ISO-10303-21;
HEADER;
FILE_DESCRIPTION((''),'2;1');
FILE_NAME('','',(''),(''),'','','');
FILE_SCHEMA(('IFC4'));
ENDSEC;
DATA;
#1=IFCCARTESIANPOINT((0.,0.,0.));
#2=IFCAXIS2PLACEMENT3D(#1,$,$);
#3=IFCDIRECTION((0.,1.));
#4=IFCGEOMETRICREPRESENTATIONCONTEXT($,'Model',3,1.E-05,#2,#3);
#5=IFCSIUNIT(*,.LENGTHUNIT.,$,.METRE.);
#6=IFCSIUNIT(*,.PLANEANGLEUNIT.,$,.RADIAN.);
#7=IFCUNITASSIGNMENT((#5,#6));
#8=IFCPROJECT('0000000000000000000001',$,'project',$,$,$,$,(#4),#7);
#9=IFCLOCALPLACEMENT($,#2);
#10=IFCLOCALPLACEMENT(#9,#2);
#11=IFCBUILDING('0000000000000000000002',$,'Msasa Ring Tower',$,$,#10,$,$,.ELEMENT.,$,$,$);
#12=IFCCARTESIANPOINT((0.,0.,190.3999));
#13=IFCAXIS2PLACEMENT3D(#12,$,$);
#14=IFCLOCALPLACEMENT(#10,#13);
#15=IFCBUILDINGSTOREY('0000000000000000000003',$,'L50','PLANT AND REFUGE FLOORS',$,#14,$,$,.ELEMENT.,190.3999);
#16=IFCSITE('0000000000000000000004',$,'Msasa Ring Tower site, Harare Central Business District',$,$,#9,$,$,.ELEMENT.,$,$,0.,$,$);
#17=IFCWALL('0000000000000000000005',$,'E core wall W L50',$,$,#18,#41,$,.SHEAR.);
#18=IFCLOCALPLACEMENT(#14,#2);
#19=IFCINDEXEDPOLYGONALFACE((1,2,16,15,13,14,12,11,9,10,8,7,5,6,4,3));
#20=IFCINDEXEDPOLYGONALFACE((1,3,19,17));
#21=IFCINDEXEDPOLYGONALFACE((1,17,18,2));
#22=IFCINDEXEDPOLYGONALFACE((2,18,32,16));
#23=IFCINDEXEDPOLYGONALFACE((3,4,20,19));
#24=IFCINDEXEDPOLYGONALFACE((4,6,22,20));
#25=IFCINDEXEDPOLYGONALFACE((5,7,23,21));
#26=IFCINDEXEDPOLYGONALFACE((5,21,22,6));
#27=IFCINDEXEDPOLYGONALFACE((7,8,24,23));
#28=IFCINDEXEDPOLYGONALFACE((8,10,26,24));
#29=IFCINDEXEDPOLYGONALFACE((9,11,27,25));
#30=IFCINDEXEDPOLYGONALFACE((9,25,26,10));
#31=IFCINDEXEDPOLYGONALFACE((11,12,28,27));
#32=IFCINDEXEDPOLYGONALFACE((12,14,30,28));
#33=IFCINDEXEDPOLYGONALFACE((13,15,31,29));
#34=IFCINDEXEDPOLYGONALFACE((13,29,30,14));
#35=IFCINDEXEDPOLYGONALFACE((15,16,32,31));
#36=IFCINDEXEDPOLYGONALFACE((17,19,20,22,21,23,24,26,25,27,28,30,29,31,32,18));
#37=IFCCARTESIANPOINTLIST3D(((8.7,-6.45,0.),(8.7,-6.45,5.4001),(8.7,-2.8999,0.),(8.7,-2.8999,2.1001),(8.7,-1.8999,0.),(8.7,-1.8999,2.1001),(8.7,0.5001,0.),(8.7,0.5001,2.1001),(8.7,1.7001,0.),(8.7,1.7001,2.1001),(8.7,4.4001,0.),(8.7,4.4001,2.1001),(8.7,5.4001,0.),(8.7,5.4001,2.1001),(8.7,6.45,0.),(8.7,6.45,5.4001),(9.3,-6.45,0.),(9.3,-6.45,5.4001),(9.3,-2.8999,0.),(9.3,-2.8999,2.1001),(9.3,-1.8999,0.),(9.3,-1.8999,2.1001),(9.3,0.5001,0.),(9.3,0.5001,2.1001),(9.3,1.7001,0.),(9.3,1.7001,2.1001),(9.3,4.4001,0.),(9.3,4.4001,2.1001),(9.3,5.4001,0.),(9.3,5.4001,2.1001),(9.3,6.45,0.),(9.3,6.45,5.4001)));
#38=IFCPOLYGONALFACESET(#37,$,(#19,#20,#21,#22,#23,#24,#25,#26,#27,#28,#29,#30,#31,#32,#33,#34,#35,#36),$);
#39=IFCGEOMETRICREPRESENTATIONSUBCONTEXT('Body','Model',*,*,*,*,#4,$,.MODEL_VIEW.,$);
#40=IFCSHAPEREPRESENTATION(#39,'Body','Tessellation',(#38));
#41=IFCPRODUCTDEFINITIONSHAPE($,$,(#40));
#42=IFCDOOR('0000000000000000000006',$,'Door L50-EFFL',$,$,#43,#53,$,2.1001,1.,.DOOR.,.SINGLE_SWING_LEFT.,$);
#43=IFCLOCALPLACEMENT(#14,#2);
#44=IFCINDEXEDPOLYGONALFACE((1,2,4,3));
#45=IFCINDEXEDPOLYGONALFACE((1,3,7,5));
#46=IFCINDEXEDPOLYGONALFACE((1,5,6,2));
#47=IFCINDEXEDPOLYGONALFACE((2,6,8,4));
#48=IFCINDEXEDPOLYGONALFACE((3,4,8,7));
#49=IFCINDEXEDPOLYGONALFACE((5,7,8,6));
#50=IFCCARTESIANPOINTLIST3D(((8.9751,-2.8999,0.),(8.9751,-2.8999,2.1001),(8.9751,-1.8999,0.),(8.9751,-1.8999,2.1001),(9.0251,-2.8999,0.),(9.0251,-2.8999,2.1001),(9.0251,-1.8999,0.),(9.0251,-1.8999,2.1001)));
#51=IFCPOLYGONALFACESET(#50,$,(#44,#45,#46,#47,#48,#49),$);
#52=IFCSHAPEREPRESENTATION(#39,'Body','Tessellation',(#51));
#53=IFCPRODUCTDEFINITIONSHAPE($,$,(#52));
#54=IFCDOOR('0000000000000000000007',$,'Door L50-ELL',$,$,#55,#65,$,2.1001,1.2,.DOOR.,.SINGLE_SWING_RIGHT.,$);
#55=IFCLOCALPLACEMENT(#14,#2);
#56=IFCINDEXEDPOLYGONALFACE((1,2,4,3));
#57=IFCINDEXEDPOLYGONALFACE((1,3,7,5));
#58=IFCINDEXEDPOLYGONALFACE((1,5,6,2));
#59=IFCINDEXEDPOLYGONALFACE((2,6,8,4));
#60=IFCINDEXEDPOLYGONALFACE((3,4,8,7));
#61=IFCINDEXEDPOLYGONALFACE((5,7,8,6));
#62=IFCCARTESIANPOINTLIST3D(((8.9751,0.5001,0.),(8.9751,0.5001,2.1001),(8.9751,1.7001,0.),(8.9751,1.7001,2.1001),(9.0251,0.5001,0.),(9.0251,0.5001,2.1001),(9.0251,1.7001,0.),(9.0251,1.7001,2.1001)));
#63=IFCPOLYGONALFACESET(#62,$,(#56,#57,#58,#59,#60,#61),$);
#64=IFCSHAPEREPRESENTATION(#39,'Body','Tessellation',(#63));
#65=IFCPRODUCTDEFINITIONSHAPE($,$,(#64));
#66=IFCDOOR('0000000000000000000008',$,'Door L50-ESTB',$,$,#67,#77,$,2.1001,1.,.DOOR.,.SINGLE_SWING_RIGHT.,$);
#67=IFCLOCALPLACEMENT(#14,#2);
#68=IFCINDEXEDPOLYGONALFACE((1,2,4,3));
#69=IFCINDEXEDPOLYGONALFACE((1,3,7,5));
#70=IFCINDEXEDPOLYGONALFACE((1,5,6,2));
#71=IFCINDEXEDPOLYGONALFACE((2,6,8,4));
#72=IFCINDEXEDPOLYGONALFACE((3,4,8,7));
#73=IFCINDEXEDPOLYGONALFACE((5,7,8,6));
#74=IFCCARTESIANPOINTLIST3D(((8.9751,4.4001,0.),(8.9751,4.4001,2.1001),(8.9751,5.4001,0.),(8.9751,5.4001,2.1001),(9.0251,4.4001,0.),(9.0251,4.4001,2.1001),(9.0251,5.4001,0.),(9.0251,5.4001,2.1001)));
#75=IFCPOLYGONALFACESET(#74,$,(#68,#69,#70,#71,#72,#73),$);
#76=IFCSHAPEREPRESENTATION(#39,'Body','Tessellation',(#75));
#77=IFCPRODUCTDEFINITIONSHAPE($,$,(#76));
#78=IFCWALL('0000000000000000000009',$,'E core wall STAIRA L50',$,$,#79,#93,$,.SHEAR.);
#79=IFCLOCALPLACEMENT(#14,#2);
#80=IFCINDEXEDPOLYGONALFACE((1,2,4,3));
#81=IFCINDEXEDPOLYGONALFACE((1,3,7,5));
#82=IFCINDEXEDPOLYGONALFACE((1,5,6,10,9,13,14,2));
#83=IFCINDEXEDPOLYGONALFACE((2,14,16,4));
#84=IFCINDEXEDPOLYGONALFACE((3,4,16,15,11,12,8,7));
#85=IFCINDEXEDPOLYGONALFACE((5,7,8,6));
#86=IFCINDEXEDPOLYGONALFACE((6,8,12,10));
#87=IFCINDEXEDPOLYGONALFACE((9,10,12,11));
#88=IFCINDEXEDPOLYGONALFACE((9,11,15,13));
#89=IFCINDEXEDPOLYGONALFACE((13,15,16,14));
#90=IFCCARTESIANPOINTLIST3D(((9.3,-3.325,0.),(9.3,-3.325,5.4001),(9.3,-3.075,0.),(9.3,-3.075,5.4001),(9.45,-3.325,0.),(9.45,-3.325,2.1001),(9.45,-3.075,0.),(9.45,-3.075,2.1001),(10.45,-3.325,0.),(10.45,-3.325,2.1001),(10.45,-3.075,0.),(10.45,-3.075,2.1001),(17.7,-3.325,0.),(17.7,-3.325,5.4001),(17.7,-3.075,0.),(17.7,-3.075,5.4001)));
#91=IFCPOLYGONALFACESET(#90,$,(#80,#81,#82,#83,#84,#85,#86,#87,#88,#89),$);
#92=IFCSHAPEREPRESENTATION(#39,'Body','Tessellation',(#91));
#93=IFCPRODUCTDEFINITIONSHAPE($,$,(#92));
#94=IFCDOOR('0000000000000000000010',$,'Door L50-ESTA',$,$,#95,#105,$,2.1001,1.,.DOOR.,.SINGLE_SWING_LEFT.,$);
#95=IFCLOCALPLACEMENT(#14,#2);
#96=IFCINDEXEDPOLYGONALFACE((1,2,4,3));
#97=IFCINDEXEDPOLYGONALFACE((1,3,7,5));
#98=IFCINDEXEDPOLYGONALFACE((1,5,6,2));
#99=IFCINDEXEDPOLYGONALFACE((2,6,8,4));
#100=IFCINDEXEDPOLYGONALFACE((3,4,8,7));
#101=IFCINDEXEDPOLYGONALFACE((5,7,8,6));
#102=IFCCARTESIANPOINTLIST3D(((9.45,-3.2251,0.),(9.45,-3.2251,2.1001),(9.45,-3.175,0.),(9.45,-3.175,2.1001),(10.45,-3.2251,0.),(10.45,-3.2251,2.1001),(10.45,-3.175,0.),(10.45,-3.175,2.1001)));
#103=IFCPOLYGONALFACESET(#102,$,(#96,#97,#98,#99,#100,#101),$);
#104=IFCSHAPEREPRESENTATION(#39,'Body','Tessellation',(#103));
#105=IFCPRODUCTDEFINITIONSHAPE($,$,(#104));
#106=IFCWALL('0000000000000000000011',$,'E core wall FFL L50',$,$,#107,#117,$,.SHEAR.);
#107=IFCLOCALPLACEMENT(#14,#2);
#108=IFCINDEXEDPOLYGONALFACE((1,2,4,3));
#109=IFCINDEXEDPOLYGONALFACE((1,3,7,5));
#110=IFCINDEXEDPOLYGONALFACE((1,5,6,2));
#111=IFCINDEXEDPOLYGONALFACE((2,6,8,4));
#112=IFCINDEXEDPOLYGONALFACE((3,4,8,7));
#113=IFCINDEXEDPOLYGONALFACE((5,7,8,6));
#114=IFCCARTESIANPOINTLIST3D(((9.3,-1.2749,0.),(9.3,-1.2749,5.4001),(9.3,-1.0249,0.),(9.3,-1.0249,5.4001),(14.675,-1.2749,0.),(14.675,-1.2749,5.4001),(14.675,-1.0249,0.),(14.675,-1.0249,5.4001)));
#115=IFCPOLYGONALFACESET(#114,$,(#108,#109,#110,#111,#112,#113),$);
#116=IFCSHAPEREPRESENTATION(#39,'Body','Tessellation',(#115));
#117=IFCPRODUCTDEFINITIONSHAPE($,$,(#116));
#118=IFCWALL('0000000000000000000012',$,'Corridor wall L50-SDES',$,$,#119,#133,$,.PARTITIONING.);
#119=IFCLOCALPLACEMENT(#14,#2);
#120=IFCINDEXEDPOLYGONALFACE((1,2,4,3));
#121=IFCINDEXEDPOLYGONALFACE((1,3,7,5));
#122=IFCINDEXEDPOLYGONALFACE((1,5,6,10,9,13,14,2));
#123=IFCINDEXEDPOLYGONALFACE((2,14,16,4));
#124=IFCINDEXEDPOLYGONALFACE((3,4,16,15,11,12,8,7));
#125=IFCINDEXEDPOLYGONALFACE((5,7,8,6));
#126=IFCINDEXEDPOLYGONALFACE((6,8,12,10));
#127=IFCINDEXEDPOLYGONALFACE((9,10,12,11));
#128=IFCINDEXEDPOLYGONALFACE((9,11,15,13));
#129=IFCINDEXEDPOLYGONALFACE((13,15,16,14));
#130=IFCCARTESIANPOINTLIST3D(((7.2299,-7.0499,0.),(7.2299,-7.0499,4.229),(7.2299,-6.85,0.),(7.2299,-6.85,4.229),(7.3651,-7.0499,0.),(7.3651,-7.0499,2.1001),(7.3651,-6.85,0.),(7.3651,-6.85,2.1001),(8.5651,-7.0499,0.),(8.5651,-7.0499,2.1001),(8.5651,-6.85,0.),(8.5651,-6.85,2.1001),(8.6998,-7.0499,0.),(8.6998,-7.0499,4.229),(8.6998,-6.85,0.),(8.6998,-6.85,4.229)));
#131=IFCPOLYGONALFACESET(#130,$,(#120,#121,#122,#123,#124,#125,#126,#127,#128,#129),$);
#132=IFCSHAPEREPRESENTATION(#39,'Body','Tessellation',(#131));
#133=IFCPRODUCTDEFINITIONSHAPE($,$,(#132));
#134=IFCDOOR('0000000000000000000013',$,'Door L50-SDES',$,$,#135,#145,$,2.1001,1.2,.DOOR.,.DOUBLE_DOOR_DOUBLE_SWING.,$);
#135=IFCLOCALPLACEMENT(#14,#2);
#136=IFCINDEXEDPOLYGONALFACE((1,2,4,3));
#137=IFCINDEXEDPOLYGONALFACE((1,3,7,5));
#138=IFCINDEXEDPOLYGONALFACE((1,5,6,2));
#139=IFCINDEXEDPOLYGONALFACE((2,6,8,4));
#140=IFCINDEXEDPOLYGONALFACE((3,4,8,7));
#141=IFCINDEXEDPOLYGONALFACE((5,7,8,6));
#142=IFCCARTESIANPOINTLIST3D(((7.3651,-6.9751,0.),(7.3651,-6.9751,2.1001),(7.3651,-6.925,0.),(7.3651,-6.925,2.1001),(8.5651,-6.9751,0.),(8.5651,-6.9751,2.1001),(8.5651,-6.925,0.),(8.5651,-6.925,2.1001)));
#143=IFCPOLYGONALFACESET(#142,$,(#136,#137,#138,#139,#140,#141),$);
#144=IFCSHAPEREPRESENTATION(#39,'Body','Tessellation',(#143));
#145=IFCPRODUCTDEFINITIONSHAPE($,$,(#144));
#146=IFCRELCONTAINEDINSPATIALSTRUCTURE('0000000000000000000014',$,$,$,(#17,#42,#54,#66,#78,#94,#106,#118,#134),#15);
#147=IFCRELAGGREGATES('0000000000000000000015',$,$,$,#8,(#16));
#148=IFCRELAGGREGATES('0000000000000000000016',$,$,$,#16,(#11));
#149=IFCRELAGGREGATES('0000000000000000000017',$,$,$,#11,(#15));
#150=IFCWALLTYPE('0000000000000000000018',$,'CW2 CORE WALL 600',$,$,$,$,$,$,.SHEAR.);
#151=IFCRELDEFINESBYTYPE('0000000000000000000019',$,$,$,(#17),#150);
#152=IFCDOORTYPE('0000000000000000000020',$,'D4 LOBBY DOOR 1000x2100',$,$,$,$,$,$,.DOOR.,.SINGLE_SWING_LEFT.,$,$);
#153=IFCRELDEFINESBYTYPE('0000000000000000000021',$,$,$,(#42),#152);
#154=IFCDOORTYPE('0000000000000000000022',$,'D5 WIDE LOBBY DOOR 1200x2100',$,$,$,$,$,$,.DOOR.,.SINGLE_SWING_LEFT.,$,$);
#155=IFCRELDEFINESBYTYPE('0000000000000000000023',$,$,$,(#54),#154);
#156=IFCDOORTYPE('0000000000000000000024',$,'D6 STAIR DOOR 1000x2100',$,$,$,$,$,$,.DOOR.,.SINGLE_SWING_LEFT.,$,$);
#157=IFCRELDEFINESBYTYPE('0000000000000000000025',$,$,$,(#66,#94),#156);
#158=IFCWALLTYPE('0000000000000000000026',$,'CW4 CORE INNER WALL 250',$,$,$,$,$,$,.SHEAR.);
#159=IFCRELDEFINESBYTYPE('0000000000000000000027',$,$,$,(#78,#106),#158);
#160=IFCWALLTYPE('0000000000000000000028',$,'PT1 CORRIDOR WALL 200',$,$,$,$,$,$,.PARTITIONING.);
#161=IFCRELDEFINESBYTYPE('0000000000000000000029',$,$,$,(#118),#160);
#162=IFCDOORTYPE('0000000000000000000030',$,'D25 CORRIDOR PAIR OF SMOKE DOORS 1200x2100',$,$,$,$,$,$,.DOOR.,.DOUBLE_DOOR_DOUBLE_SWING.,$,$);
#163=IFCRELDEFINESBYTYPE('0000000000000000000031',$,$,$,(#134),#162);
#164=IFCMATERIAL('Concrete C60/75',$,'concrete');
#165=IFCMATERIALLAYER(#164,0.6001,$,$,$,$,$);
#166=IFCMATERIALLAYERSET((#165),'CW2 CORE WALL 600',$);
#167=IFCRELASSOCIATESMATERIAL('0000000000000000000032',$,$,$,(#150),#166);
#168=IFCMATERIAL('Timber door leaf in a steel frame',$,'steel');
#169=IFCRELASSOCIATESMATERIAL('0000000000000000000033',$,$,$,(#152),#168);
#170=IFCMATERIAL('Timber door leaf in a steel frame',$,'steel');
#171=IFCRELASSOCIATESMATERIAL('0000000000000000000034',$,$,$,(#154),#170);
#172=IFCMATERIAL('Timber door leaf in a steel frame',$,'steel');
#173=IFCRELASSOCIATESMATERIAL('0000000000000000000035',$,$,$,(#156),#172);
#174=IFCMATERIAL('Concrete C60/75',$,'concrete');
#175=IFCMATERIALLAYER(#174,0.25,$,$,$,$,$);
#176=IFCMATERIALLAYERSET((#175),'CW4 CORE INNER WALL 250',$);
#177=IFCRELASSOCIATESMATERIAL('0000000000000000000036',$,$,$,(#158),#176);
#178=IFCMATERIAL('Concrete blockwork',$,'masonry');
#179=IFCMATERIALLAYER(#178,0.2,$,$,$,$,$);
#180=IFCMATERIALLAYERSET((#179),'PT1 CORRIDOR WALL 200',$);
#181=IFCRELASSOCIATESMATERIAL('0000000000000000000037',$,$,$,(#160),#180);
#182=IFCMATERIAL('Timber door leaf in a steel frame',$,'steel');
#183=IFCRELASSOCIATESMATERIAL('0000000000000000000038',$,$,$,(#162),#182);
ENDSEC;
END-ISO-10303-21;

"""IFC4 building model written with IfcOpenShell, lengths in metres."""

from ifc_helpers import new_model, si_unit, direction, frame, frame_2d, origin, place, context, subcontext, project, spatial, rectangle, extrude, material, layer, layer_set, type_object, element, fill, save


model = new_model("IFC4")

# Units and contexts
model_context = context("Model", 3, precision=1e-05, world=origin(), true_north=direction((0.0, 1.0)))
body_context = subcontext(model_context, "Body", "Model", "MODEL_VIEW")
ifc_project = project(units=[si_unit("LENGTHUNIT", "METRE"), si_unit("PLANEANGLEUNIT", "RADIAN")], contexts=[model_context])

# Site, building, storey
site_placement = place(None, origin())
site = spatial("IfcSite", under=ifc_project, at=site_placement, Name="Msasa Ring Tower site, Harare Central Business District", CompositionType="ELEMENT", RefElevation=0.0)
building_placement = place(site_placement, origin())
building = spatial("IfcBuilding", under=site, at=building_placement, Name="Msasa Ring Tower", CompositionType="ELEMENT")
storey_placement = place(building_placement, frame((0.0, 0.0, 190.3999)))
storey = spatial("IfcBuildingStorey", under=building, at=storey_placement, Name="L50", Description="PLANT AND REFUGE FLOORS", CompositionType="ELEMENT", Elevation=190.3999)

# Shared definitions
ifc_material_1 = material(Name="Concrete C60/75", Category="concrete")
ifc_layer_1 = layer(ifc_material_1, 0.6001)
ifc_layer_set_1 = layer_set([ifc_layer_1], Name="CW2 CORE WALL 600")
wall_type_1 = type_object("IfcWallType", Name="CW2 CORE WALL 600", PredefinedType="SHEAR", material=ifc_layer_set_1)

# Wall, openings, doors
wall_1_placement = place(storey_placement, frame((9.0, -6.45, 0.0), z_axis=(0.0, 0.0, 1.0), x_axis=(0.0, 1.0, 0.0)))
wall_1 = element("IfcWall", 1, at=wall_1_placement, inside=storey, type_object=wall_type_1, Name="E core wall W L50", PredefinedType="SHEAR", context=body_context, shape_type="SweptSolid", body=[
    extrude(rectangle(XDim=12.8999, YDim=0.6001, at=frame_2d((6.45, 0.0))), origin(), (0.0, 0.0, 1.0), 5.4001),
])
opening_1_placement = place(wall_1_placement, frame((3.55, 0.0, 0.0)))
opening_1 = element("IfcOpeningElement", 2, at=opening_1_placement, cuts=wall_1, PredefinedType="OPENING", context=body_context, shape_type="SweptSolid", body=[
    extrude(rectangle(XDim=1.0, YDim=2.1001, at=frame_2d((0.5, 1.05))), frame((0.0, 0.3101, 0.0), z_axis=(0.0, -1.0, 0.0), x_axis=(1.0, 0.0, 0.0)), (0.0, 0.0, 1.0), 0.6201),
])
opening_2_placement = place(wall_1_placement, frame((6.95, 0.0, 0.0)))
opening_2 = element("IfcOpeningElement", 3, at=opening_2_placement, cuts=wall_1, PredefinedType="OPENING", context=body_context, shape_type="SweptSolid", body=[
    extrude(rectangle(XDim=1.2, YDim=2.1001, at=frame_2d((0.6001, 1.05))), frame((0.0, 0.3101, 0.0), z_axis=(0.0, -1.0, 0.0), x_axis=(1.0, 0.0, 0.0)), (0.0, 0.0, 1.0), 0.6201),
])
opening_3_placement = place(wall_1_placement, frame((10.8501, 0.0, 0.0)))
opening_3 = element("IfcOpeningElement", 4, at=opening_3_placement, cuts=wall_1, PredefinedType="OPENING", context=body_context, shape_type="SweptSolid", body=[
    extrude(rectangle(XDim=1.0, YDim=2.1001, at=frame_2d((0.5, 1.05))), frame((0.0, 0.3101, 0.0), z_axis=(0.0, -1.0, 0.0), x_axis=(1.0, 0.0, 0.0)), (0.0, 0.0, 1.0), 0.6201),
])
ifc_material_2 = material(Name="Timber door leaf in a steel frame", Category="steel")
door_type_1 = type_object("IfcDoorType", Name="D4 LOBBY DOOR 1000x2100", OperationType="SINGLE_SWING_LEFT", PredefinedType="DOOR", material=ifc_material_2)
door_1_placement = place(opening_1_placement, origin())
door_1 = element("IfcDoor", 5, at=door_1_placement, inside=storey, type_object=door_type_1, Name="Door L50-EFFL", OperationType="SINGLE_SWING_LEFT", OverallHeight=2.1001, OverallWidth=1.0, PredefinedType="DOOR", context=body_context, shape_type="SweptSolid", body=[
    extrude(rectangle(XDim=1.0, YDim=2.1001, at=frame_2d((0.5, 1.05))), frame((0.0, 0.0249, 0.0), z_axis=(0.0, -1.0, 0.0), x_axis=(1.0, 0.0, 0.0)), (0.0, 0.0, 1.0), 0.05),
])
fill(opening_1, door_1)
ifc_material_3 = material(Name="Timber door leaf in a steel frame", Category="steel")
door_type_2 = type_object("IfcDoorType", Name="D5 WIDE LOBBY DOOR 1200x2100", OperationType="SINGLE_SWING_LEFT", PredefinedType="DOOR", material=ifc_material_3)
door_2_placement = place(opening_2_placement, origin())
door_2 = element("IfcDoor", 6, at=door_2_placement, inside=storey, type_object=door_type_2, Name="Door L50-ELL", OperationType="SINGLE_SWING_RIGHT", OverallHeight=2.1001, OverallWidth=1.2, PredefinedType="DOOR", context=body_context, shape_type="SweptSolid", body=[
    extrude(rectangle(XDim=1.2, YDim=2.1001, at=frame_2d((0.6001, 1.05))), frame((0.0, 0.0249, 0.0), z_axis=(0.0, -1.0, 0.0), x_axis=(1.0, 0.0, 0.0)), (0.0, 0.0, 1.0), 0.05),
])
fill(opening_2, door_2)
ifc_material_4 = material(Name="Timber door leaf in a steel frame", Category="steel")
door_type_3 = type_object("IfcDoorType", Name="D6 STAIR DOOR 1000x2100", OperationType="SINGLE_SWING_LEFT", PredefinedType="DOOR", material=ifc_material_4)
door_3_placement = place(opening_3_placement, origin())
door_3 = element("IfcDoor", 7, at=door_3_placement, inside=storey, type_object=door_type_3, Name="Door L50-ESTB", OperationType="SINGLE_SWING_RIGHT", OverallHeight=2.1001, OverallWidth=1.0, PredefinedType="DOOR", context=body_context, shape_type="SweptSolid", body=[
    extrude(rectangle(XDim=1.0, YDim=2.1001, at=frame_2d((0.5, 1.05))), frame((0.0, 0.0249, 0.0), z_axis=(0.0, -1.0, 0.0), x_axis=(1.0, 0.0, 0.0)), (0.0, 0.0, 1.0), 0.05),
])
fill(opening_3, door_3)

# Wall, opening, door
ifc_material_5 = material(Name="Concrete C60/75", Category="concrete")
ifc_layer_2 = layer(ifc_material_5, 0.25)
ifc_layer_set_2 = layer_set([ifc_layer_2], Name="CW4 CORE INNER WALL 250")
wall_type_2 = type_object("IfcWallType", Name="CW4 CORE INNER WALL 250", PredefinedType="SHEAR", material=ifc_layer_set_2)
wall_2_placement = place(storey_placement, frame((9.3, -3.2, 0.0), z_axis=(0.0, 0.0, 1.0), x_axis=(1.0, 0.0, 0.0)))
wall_2 = element("IfcWall", 8, at=wall_2_placement, inside=storey, type_object=wall_type_2, Name="E core wall STAIRA L50", PredefinedType="SHEAR", context=body_context, shape_type="SweptSolid", body=[
    extrude(rectangle(XDim=8.3999, YDim=0.25, at=frame_2d((4.2, 0.0))), origin(), (0.0, 0.0, 1.0), 5.4001),
])
opening_4_placement = place(wall_2_placement, frame((0.1499, 0.0, 0.0)))
opening_4 = element("IfcOpeningElement", 9, at=opening_4_placement, cuts=wall_2, PredefinedType="OPENING", context=body_context, shape_type="SweptSolid", body=[
    extrude(rectangle(XDim=1.0, YDim=2.1001, at=frame_2d((0.5, 1.05))), frame((0.0, 0.135, 0.0), z_axis=(0.0, -1.0, 0.0), x_axis=(1.0, 0.0, 0.0)), (0.0, 0.0, 1.0), 0.27),
])
door_4_placement = place(opening_4_placement, origin())
door_4 = element("IfcDoor", 10, at=door_4_placement, inside=storey, type_object=door_type_3, Name="Door L50-ESTA", OperationType="SINGLE_SWING_LEFT", OverallHeight=2.1001, OverallWidth=1.0, PredefinedType="DOOR", context=body_context, shape_type="SweptSolid", body=[
    extrude(rectangle(XDim=1.0, YDim=2.1001, at=frame_2d((0.5, 1.05))), frame((0.0, 0.0249, 0.0), z_axis=(0.0, -1.0, 0.0), x_axis=(1.0, 0.0, 0.0)), (0.0, 0.0, 1.0), 0.05),
])
fill(opening_4, door_4)

# Wall
wall_3_placement = place(storey_placement, frame((9.3, -1.1499, 0.0), z_axis=(0.0, 0.0, 1.0), x_axis=(1.0, 0.0, 0.0)))
element("IfcWall", 11, at=wall_3_placement, inside=storey, type_object=wall_type_2, Name="E core wall FFL L50", PredefinedType="SHEAR", context=body_context, shape_type="SweptSolid", body=[
    extrude(rectangle(XDim=5.375, YDim=0.25, at=frame_2d((2.6875, 0.0))), origin(), (0.0, 0.0, 1.0), 5.4001),
])

# Wall, opening, door
ifc_material_6 = material(Name="Concrete blockwork", Category="masonry")
ifc_layer_3 = layer(ifc_material_6, 0.2)
ifc_layer_set_3 = layer_set([ifc_layer_3], Name="PT1 CORRIDOR WALL 200")
wall_type_3 = type_object("IfcWallType", Name="PT1 CORRIDOR WALL 200", PredefinedType="PARTITIONING", material=ifc_layer_set_3)
wall_4_placement = place(storey_placement, frame((7.23, -6.95, 0.0), z_axis=(0.0, 0.0, 1.0), x_axis=(1.0, 0.0, 0.0)))
wall_4 = element("IfcWall", 12, at=wall_4_placement, inside=storey, type_object=wall_type_3, Name="Corridor wall L50-SDES", PredefinedType="PARTITIONING", context=body_context, shape_type="SweptSolid", body=[
    extrude(rectangle(XDim=1.47, YDim=0.2, at=frame_2d((0.7349, 0.0))), origin(), (0.0, 0.0, 1.0), 4.229),
])
opening_5_placement = place(wall_4_placement, frame((0.135, 0.0, 0.0)))
opening_5 = element("IfcOpeningElement", 13, at=opening_5_placement, cuts=wall_4, PredefinedType="OPENING", context=body_context, shape_type="SweptSolid", body=[
    extrude(rectangle(XDim=1.2, YDim=2.1001, at=frame_2d((0.6001, 1.05))), frame((0.0, 0.1099, 0.0), z_axis=(0.0, -1.0, 0.0), x_axis=(1.0, 0.0, 0.0)), (0.0, 0.0, 1.0), 0.22),
])
ifc_material_7 = material(Name="Timber door leaf in a steel frame", Category="steel")
door_type_4 = type_object("IfcDoorType", Name="D25 CORRIDOR PAIR OF SMOKE DOORS 1200x2100", OperationType="DOUBLE_DOOR_DOUBLE_SWING", PredefinedType="DOOR", material=ifc_material_7)
door_5_placement = place(opening_5_placement, origin())
door_5 = element("IfcDoor", 14, at=door_5_placement, inside=storey, type_object=door_type_4, Name="Door L50-SDES", OperationType="DOUBLE_DOOR_DOUBLE_SWING", OverallHeight=2.1001, OverallWidth=1.2, PredefinedType="DOOR", context=body_context, shape_type="SweptSolid", body=[
    extrude(rectangle(XDim=1.2, YDim=2.1001, at=frame_2d((0.6001, 1.05))), frame((0.0, 0.0249, 0.0), z_axis=(0.0, -1.0, 0.0), x_axis=(1.0, 0.0, 0.0)), (0.0, 0.0, 1.0), 0.05),
])
fill(opening_5, door_5)

save(model, "model.ifc")
